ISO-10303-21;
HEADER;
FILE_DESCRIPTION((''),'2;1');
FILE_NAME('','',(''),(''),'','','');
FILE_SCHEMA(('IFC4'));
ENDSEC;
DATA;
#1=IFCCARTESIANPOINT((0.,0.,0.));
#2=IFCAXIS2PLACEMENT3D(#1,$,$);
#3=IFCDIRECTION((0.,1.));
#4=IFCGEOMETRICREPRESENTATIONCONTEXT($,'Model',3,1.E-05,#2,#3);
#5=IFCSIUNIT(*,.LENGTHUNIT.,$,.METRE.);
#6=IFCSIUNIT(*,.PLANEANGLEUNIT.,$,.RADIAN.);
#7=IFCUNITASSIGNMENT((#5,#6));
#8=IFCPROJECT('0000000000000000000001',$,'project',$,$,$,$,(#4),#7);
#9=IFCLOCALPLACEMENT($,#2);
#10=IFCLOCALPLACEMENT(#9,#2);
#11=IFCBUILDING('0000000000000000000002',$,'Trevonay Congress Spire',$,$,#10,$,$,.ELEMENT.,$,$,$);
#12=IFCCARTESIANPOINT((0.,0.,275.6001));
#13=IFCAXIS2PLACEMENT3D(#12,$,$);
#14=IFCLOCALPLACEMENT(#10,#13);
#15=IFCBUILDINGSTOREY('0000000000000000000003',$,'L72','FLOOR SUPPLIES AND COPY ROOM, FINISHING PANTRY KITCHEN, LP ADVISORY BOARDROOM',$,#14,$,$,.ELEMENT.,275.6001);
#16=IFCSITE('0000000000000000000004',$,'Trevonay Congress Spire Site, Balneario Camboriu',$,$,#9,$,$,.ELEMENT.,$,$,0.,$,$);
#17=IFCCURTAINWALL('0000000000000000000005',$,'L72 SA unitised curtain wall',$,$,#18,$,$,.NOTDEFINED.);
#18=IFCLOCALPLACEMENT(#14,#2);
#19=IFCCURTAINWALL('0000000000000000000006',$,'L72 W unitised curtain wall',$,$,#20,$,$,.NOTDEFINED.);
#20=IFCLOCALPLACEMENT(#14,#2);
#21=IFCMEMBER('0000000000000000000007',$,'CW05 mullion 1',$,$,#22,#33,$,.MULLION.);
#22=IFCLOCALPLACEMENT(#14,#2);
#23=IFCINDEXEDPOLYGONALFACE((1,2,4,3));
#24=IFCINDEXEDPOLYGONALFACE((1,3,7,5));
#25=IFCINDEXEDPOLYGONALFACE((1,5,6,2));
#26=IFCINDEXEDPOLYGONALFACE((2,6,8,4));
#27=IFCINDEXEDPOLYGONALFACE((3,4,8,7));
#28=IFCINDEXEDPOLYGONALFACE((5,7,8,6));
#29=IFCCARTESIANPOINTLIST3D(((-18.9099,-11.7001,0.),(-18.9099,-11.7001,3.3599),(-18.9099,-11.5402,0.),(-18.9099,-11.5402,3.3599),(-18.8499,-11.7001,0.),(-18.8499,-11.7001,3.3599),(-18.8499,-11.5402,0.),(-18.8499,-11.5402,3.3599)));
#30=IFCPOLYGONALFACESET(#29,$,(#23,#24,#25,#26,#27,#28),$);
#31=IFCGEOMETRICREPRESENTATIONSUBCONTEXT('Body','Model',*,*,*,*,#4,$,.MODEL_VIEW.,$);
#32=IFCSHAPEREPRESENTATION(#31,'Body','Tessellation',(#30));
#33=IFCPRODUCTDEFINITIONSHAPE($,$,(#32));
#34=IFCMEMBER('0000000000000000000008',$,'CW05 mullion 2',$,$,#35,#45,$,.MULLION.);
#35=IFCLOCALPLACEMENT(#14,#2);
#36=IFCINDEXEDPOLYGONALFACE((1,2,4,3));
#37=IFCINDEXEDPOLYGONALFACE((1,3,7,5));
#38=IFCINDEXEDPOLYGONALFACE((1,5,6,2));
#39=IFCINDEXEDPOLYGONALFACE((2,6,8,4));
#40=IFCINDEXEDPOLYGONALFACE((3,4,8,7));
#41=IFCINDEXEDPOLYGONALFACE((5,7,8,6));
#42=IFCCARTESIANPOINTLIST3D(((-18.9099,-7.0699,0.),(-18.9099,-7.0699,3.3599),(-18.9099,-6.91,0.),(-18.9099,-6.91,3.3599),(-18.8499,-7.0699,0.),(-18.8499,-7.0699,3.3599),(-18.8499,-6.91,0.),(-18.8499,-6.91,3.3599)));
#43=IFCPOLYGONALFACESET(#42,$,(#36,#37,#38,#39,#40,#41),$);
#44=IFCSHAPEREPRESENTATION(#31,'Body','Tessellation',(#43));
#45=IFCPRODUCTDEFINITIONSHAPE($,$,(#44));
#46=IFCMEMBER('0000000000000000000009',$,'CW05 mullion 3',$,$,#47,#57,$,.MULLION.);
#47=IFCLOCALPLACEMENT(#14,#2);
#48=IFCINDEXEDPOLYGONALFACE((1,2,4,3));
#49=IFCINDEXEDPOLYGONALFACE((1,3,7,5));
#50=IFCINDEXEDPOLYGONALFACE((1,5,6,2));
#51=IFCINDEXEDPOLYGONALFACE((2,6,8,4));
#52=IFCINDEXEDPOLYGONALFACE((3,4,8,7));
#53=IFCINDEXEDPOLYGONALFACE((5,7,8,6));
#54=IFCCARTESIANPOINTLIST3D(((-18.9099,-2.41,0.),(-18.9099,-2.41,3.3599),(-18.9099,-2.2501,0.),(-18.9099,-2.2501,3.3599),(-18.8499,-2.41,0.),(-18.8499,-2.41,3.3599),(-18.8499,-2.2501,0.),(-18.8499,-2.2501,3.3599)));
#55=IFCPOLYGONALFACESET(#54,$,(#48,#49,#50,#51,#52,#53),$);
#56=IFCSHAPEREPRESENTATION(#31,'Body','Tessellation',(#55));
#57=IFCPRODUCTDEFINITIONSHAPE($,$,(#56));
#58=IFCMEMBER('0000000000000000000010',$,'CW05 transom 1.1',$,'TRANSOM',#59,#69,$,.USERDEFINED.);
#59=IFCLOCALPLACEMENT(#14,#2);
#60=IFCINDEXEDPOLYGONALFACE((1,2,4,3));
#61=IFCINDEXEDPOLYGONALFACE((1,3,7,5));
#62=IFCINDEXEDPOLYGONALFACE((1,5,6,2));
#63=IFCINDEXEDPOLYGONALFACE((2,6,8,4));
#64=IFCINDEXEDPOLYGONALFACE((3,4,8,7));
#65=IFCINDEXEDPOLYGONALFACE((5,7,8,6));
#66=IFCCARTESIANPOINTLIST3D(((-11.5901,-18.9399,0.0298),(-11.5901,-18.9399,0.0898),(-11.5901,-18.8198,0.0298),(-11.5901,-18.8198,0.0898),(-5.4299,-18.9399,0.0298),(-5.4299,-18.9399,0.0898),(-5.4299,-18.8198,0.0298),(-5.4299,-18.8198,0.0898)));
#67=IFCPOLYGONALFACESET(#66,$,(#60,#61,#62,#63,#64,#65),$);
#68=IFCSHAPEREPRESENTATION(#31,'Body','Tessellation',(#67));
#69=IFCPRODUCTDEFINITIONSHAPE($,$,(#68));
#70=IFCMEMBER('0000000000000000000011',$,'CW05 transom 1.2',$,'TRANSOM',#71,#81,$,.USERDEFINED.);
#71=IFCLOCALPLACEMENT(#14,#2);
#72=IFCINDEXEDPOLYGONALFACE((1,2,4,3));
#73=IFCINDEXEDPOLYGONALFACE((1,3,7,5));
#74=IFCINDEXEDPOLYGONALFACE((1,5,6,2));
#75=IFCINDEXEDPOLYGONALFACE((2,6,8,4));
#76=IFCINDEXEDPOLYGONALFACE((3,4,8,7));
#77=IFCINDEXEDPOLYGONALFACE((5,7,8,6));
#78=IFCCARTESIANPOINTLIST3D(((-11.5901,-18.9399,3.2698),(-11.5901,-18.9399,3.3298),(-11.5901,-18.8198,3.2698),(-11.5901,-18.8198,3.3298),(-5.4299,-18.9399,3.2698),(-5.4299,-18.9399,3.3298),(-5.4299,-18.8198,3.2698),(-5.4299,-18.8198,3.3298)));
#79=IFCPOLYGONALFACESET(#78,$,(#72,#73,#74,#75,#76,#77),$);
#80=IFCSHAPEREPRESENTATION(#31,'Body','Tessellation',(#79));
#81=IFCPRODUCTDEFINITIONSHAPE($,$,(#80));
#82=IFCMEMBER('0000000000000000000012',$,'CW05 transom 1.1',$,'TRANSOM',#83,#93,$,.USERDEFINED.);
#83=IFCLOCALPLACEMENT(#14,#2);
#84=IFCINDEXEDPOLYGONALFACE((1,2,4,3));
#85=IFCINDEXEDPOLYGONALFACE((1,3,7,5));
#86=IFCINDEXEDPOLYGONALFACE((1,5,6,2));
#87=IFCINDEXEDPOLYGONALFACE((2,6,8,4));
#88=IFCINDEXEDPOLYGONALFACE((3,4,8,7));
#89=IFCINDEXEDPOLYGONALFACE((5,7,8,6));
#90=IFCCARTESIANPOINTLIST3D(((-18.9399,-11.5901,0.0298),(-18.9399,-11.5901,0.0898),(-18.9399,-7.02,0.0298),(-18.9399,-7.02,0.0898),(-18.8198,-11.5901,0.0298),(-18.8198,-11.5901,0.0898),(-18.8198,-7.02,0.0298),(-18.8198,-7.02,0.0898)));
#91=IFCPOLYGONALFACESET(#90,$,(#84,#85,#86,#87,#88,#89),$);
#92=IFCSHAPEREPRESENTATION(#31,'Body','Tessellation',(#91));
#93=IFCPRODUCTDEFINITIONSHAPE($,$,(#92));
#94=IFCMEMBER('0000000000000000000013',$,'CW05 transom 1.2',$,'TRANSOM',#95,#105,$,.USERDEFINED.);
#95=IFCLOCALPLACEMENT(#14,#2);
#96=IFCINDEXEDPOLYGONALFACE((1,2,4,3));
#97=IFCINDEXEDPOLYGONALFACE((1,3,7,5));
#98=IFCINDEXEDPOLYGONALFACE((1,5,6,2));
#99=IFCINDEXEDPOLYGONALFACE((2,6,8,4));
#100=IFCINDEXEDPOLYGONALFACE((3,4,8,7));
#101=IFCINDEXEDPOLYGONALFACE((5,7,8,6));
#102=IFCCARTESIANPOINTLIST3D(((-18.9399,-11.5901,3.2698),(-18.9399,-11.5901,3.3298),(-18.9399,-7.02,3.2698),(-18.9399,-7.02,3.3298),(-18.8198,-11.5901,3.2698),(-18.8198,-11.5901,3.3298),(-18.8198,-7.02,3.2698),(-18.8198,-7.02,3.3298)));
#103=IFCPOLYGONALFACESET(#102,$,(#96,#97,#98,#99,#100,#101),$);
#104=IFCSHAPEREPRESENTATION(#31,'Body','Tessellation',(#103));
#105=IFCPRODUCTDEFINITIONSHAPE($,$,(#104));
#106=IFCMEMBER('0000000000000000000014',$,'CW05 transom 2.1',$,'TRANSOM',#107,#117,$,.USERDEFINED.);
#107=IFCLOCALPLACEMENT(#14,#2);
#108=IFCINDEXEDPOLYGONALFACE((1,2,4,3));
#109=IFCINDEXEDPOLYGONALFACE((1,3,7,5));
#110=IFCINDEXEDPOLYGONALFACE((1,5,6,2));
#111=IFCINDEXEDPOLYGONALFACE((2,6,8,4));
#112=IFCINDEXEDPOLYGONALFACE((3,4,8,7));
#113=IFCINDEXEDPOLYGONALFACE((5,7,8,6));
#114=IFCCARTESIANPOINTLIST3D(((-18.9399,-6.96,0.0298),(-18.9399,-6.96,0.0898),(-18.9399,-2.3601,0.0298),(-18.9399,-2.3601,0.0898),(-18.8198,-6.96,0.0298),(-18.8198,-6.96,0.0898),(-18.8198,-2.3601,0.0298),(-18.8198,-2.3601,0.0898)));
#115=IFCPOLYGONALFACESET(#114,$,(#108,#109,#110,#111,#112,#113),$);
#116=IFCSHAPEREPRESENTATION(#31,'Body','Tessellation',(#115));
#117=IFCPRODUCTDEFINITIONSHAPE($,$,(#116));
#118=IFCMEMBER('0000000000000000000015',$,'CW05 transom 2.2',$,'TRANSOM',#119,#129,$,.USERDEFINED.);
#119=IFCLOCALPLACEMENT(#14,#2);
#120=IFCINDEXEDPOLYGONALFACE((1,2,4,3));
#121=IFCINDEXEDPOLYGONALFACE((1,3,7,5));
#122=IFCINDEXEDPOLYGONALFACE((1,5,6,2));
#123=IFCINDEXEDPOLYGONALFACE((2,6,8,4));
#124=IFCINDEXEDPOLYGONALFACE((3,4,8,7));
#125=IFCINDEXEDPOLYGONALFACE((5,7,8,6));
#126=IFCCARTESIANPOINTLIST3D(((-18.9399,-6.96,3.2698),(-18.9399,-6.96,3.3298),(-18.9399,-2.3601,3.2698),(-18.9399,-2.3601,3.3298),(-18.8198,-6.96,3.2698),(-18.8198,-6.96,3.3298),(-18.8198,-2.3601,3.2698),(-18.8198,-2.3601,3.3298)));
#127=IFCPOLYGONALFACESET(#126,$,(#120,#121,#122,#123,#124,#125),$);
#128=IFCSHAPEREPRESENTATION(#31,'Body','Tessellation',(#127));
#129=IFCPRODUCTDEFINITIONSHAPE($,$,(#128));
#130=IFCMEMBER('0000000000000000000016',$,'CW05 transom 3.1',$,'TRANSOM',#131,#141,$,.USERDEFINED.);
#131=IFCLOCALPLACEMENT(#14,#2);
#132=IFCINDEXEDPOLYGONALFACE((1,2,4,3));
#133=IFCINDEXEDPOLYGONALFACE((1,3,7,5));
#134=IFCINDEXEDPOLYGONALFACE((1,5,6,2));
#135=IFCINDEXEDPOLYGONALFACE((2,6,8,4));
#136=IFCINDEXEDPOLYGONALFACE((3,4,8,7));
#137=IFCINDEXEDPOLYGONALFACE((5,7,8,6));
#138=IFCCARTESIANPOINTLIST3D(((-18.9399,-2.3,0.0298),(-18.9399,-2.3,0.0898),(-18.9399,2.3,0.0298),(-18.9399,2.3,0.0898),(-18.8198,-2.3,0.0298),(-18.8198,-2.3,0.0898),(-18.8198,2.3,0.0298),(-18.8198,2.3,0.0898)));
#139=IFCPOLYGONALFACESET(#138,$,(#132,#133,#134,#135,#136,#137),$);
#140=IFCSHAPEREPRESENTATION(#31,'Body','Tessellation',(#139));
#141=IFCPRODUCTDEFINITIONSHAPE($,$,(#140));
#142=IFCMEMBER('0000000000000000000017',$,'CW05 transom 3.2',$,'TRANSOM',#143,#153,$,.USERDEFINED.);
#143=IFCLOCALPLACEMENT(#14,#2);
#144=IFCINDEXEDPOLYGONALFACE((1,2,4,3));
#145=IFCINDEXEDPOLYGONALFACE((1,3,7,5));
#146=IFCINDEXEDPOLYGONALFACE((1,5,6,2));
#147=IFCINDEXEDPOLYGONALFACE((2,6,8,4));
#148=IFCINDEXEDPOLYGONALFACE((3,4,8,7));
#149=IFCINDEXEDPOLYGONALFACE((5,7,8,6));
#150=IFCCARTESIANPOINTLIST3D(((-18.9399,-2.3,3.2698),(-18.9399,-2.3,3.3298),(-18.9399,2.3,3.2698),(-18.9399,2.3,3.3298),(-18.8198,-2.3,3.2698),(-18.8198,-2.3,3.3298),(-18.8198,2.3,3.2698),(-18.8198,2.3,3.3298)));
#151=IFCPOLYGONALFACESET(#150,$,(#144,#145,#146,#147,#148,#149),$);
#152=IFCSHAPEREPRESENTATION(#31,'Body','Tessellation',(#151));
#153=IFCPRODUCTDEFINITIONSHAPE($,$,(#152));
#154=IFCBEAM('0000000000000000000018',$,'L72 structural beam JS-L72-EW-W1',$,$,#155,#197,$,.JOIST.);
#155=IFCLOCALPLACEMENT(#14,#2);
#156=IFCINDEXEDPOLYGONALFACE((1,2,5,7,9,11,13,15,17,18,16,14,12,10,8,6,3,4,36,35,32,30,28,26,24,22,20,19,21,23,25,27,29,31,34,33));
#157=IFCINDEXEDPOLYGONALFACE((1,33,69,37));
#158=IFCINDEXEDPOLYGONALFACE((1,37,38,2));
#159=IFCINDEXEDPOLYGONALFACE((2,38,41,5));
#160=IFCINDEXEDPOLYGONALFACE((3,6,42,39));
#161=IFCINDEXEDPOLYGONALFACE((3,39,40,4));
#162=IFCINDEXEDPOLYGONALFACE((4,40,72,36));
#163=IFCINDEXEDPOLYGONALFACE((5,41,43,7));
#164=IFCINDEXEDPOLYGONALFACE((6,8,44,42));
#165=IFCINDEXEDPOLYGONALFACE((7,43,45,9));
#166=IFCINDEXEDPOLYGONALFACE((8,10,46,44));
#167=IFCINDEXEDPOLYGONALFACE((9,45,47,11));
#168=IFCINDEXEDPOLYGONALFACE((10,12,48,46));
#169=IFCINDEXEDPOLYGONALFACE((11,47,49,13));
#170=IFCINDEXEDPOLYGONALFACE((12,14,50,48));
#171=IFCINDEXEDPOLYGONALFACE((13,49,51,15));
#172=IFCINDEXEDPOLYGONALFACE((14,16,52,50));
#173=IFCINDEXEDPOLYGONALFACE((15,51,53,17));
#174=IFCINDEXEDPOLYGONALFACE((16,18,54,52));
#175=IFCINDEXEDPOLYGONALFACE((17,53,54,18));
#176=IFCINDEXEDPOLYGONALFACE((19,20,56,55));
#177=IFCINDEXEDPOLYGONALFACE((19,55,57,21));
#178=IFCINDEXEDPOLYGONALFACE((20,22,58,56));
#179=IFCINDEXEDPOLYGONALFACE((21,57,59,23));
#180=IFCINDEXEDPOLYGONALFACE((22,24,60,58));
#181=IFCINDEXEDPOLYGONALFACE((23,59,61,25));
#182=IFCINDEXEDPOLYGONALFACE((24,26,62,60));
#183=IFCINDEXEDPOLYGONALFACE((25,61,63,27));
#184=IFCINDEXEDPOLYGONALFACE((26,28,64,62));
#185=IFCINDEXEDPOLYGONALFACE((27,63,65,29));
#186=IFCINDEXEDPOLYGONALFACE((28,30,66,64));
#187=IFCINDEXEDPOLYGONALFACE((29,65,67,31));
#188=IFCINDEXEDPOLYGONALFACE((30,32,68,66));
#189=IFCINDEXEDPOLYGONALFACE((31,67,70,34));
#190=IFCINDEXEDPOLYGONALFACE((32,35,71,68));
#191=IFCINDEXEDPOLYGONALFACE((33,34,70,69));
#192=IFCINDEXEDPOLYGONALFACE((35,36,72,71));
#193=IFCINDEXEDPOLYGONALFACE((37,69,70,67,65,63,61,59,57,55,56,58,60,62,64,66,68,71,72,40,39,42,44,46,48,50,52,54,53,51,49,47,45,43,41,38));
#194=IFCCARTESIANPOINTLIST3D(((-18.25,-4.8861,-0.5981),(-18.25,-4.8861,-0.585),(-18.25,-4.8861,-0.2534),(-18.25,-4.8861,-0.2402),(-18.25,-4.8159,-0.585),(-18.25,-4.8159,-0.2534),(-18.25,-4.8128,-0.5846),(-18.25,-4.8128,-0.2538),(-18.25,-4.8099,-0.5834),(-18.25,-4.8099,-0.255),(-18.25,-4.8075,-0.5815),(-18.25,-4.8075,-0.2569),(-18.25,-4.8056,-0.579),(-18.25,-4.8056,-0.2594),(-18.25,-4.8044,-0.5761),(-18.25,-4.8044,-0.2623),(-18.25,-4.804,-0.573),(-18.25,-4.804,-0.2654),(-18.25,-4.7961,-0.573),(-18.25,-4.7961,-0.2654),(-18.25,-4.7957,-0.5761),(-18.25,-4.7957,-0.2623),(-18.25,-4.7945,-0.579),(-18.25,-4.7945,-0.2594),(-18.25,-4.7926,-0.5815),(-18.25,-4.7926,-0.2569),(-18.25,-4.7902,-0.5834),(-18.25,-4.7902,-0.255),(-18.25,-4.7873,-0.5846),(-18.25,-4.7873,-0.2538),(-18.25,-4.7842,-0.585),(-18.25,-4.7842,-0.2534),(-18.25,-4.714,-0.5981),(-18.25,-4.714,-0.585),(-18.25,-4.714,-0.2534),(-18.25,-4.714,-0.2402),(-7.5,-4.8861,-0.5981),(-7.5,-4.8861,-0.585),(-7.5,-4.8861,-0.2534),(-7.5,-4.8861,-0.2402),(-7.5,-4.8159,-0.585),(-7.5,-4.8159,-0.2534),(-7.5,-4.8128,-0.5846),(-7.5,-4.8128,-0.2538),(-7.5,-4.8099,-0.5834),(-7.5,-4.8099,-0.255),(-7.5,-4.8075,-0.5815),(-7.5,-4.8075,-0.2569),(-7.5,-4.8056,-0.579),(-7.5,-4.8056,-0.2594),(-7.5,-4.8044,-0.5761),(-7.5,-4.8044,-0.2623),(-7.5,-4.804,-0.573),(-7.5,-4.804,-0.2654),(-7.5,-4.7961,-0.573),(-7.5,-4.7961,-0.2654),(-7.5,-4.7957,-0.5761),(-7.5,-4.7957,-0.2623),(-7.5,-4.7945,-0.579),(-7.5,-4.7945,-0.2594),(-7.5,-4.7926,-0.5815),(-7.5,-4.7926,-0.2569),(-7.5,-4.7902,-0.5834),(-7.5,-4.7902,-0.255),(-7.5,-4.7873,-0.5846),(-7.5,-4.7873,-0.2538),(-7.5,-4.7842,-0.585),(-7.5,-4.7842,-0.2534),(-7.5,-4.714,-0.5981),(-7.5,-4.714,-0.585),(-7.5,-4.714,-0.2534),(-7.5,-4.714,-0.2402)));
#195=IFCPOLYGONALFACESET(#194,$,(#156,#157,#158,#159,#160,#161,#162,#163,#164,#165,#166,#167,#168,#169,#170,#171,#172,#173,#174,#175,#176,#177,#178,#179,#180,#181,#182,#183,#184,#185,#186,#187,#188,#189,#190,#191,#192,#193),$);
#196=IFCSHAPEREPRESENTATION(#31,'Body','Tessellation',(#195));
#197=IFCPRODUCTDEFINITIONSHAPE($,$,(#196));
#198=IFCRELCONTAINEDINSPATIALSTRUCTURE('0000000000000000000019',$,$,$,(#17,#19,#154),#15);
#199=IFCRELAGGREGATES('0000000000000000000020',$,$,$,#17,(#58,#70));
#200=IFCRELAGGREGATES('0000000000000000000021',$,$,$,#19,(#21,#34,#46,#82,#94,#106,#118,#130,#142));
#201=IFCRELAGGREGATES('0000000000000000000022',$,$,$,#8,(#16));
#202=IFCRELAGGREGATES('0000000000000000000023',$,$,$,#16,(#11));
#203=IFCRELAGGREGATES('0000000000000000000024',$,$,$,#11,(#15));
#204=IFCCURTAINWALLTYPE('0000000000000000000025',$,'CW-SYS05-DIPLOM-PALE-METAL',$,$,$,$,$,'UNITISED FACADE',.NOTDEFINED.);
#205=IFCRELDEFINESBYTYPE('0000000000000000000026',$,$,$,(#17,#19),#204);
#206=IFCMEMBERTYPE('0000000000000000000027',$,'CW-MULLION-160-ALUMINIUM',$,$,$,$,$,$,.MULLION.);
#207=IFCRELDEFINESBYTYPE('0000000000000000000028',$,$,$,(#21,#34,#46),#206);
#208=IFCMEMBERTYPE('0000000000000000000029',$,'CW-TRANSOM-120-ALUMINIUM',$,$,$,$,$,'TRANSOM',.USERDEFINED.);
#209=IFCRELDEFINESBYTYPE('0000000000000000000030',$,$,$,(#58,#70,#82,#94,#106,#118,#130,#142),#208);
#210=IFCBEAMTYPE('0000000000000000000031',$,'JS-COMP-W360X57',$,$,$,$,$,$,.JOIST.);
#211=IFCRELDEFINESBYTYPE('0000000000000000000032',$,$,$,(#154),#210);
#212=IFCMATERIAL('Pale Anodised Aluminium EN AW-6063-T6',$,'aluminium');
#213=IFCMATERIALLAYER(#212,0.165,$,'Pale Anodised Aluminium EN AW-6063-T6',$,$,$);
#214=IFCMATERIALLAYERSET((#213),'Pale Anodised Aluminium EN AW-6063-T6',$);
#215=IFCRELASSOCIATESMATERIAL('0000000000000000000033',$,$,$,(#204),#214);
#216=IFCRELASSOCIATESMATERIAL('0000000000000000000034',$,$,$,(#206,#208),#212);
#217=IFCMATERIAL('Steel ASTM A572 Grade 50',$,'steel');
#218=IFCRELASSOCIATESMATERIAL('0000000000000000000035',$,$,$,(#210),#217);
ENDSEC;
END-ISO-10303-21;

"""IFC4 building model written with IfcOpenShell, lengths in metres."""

from ifc_helpers import new_model, si_unit, direction, frame, origin, origin_2d, place, context, subcontext, project, spatial, rectangle, i_section, extrude, material, layer, layer_set, material_profile, profile_set, type_object, element, aggregate, save


model = new_model("IFC4")

# Units and contexts
model_context = context("Model", 3, precision=1e-05, world=origin(), true_north=direction((0.0, 1.0)))
body_context = subcontext(model_context, "Body", "Model", "MODEL_VIEW")
ifc_project = project(units=[si_unit("LENGTHUNIT", "METRE"), si_unit("PLANEANGLEUNIT", "RADIAN")], contexts=[model_context])

# Site, building, storey
site_placement = place(None, origin())
site = spatial("IfcSite", under=ifc_project, at=site_placement, Name="Trevonay Congress Spire Site, Balneario Camboriu", CompositionType="ELEMENT", RefElevation=0.0)
building_placement = place(site_placement, origin())
building = spatial("IfcBuilding", under=site, at=building_placement, Name="Trevonay Congress Spire", CompositionType="ELEMENT")
storey_placement = place(building_placement, frame((0.0, 0.0, 275.6001)))
storey = spatial("IfcBuildingStorey", under=building, at=storey_placement, Name="L72", Description="FLOOR SUPPLIES AND COPY ROOM, FINISHING PANTRY KITCHEN, LP ADVISORY BOARDROOM", CompositionType="ELEMENT", Elevation=275.6001)

# Shared definitions
ifc_material_1 = material(Name="Steel ASTM A572 Grade 50", Category="steel")

# Curtain wall
ifc_material_2 = material(Name="Pale Anodised Aluminium EN AW-6063-T6", Category="aluminium")
ifc_layer_1 = layer(ifc_material_2, 0.165, Name="Pale Anodised Aluminium EN AW-6063-T6")
ifc_layer_set_1 = layer_set([ifc_layer_1], Name="Pale Anodised Aluminium EN AW-6063-T6")
curtain_wall_type = type_object("IfcCurtainWallType", Name="CW-SYS05-DIPLOM-PALE-METAL", ElementType="UNITISED FACADE", PredefinedType="NOTDEFINED", material=ifc_layer_set_1)
curtain_wall_1_placement = place(storey_placement, origin())
curtain_wall_1 = element("IfcCurtainWall", 1, at=curtain_wall_1_placement, inside=storey, type_object=curtain_wall_type, Name="L72 SA unitised curtain wall", PredefinedType="NOTDEFINED")
ifc_material_profile_1 = material_profile(ifc_material_2, rectangle(XDim=0.0601, YDim=0.1599, at=origin_2d()), Name="CW-MULLION-160-ALUMINIUM")
ifc_profile_set_1 = profile_set([ifc_material_profile_1], Name="Pale Anodised Aluminium EN AW-6063-T6")
member_type_1 = type_object("IfcMemberType", Name="CW-MULLION-160-ALUMINIUM", PredefinedType="MULLION", material=ifc_profile_set_1)

# Curtain wall, members
curtain_wall_2_placement = place(storey_placement, origin())
curtain_wall_2 = element("IfcCurtainWall", 2, at=curtain_wall_2_placement, inside=storey, type_object=curtain_wall_type, Name="L72 W unitised curtain wall", PredefinedType="NOTDEFINED")
member_1_placement = place(storey_placement, frame((-18.8799, -11.6201, 0.0), z_axis=(0.0, 0.0, 1.0), x_axis=(-1.0, 0.0, 0.0)))
member_1 = element("IfcMember", 3, at=member_1_placement, type_object=member_type_1, Name="CW05 mullion 1", PredefinedType="MULLION", context=body_context, shape_type="SweptSolid", body=[
    extrude(rectangle(XDim=0.0601, YDim=0.1599, at=origin_2d()), origin(), (0.0, 0.0, 1.0), 3.3599),
])
member_2_placement = place(storey_placement, frame((-18.8799, -6.99, 0.0), z_axis=(0.0, 0.0, 1.0), x_axis=(-1.0, 0.0, 0.0)))
member_2 = element("IfcMember", 4, at=member_2_placement, type_object=member_type_1, Name="CW05 mullion 2", PredefinedType="MULLION", context=body_context, shape_type="SweptSolid", body=[
    extrude(rectangle(XDim=0.0601, YDim=0.1599, at=origin_2d()), origin(), (0.0, 0.0, 1.0), 3.3599),
])
member_3_placement = place(storey_placement, frame((-18.8799, -2.3301, 0.0), z_axis=(0.0, 0.0, 1.0), x_axis=(-1.0, 0.0, 0.0)))
member_3 = element("IfcMember", 5, at=member_3_placement, type_object=member_type_1, Name="CW05 mullion 3", PredefinedType="MULLION", context=body_context, shape_type="SweptSolid", body=[
    extrude(rectangle(XDim=0.0601, YDim=0.1599, at=origin_2d()), origin(), (0.0, 0.0, 1.0), 3.3599),
])

# Members
ifc_material_profile_2 = material_profile(ifc_material_2, rectangle(XDim=0.1201, YDim=0.0601, at=origin_2d()), Name="CW-TRANSOM-120-ALUMINIUM")
ifc_profile_set_2 = profile_set([ifc_material_profile_2], Name="Pale Anodised Aluminium EN AW-6063-T6")
member_type_2 = type_object("IfcMemberType", Name="CW-TRANSOM-120-ALUMINIUM", ElementType="TRANSOM", PredefinedType="USERDEFINED", material=ifc_profile_set_2)
member_4_placement = place(storey_placement, frame((-11.5901, -18.8799, 0.0598), z_axis=(1.0, 0.0, 0.0), x_axis=(0.0, 1.0, 0.0)))
member_4 = element("IfcMember", 6, at=member_4_placement, type_object=member_type_2, Name="CW05 transom 1.1", ObjectType="TRANSOM", PredefinedType="USERDEFINED", context=body_context, shape_type="SweptSolid", body=[
    extrude(rectangle(XDim=0.1201, YDim=0.0601, at=origin_2d()), origin(), (0.0, 0.0, 1.0), 6.1602),
])
member_5_placement = place(storey_placement, frame((-11.5901, -18.8799, 3.2998), z_axis=(1.0, 0.0, 0.0), x_axis=(0.0, 1.0, 0.0)))
member_5 = element("IfcMember", 7, at=member_5_placement, type_object=member_type_2, Name="CW05 transom 1.2", ObjectType="TRANSOM", PredefinedType="USERDEFINED", context=body_context, shape_type="SweptSolid", body=[
    extrude(rectangle(XDim=0.1201, YDim=0.0601, at=origin_2d()), origin(), (0.0, 0.0, 1.0), 6.1602),
])
aggregate(curtain_wall_1, [member_4, member_5])
member_6_placement = place(storey_placement, frame((-18.8799, -11.5901, 0.0598), z_axis=(0.0, 1.0, 0.0), x_axis=(-1.0, 0.0, 0.0)))
member_6 = element("IfcMember", 8, at=member_6_placement, type_object=member_type_2, Name="CW05 transom 1.1", ObjectType="TRANSOM", PredefinedType="USERDEFINED", context=body_context, shape_type="SweptSolid", body=[
    extrude(rectangle(XDim=0.1201, YDim=0.0601, at=origin_2d()), origin(), (0.0, 0.0, 1.0), 4.5701),
])
member_7_placement = place(storey_placement, frame((-18.8799, -11.5901, 3.2998), z_axis=(0.0, 1.0, 0.0), x_axis=(-1.0, 0.0, 0.0)))
member_7 = element("IfcMember", 9, at=member_7_placement, type_object=member_type_2, Name="CW05 transom 1.2", ObjectType="TRANSOM", PredefinedType="USERDEFINED", context=body_context, shape_type="SweptSolid", body=[
    extrude(rectangle(XDim=0.1201, YDim=0.0601, at=origin_2d()), origin(), (0.0, 0.0, 1.0), 4.5701),
])
member_8_placement = place(storey_placement, frame((-18.8799, -6.96, 0.0598), z_axis=(0.0, 1.0, 0.0), x_axis=(-1.0, 0.0, 0.0)))
member_8 = element("IfcMember", 10, at=member_8_placement, type_object=member_type_2, Name="CW05 transom 2.1", ObjectType="TRANSOM", PredefinedType="USERDEFINED", context=body_context, shape_type="SweptSolid", body=[
    extrude(rectangle(XDim=0.1201, YDim=0.0601, at=origin_2d()), origin(), (0.0, 0.0, 1.0), 4.5999),
])
member_9_placement = place(storey_placement, frame((-18.8799, -6.96, 3.2998), z_axis=(0.0, 1.0, 0.0), x_axis=(-1.0, 0.0, 0.0)))
member_9 = element("IfcMember", 11, at=member_9_placement, type_object=member_type_2, Name="CW05 transom 2.2", ObjectType="TRANSOM", PredefinedType="USERDEFINED", context=body_context, shape_type="SweptSolid", body=[
    extrude(rectangle(XDim=0.1201, YDim=0.0601, at=origin_2d()), origin(), (0.0, 0.0, 1.0), 4.5999),
])
member_10_placement = place(storey_placement, frame((-18.8799, -2.3, 0.0598), z_axis=(0.0, 1.0, 0.0), x_axis=(-1.0, 0.0, 0.0)))
member_10 = element("IfcMember", 12, at=member_10_placement, type_object=member_type_2, Name="CW05 transom 3.1", ObjectType="TRANSOM", PredefinedType="USERDEFINED", context=body_context, shape_type="SweptSolid", body=[
    extrude(rectangle(XDim=0.1201, YDim=0.0601, at=origin_2d()), origin(), (0.0, 0.0, 1.0), 4.6001),
])
member_11_placement = place(storey_placement, frame((-18.8799, -2.3, 3.2998), z_axis=(0.0, 1.0, 0.0), x_axis=(-1.0, 0.0, 0.0)))
member_11 = element("IfcMember", 13, at=member_11_placement, type_object=member_type_2, Name="CW05 transom 3.2", ObjectType="TRANSOM", PredefinedType="USERDEFINED", context=body_context, shape_type="SweptSolid", body=[
    extrude(rectangle(XDim=0.1201, YDim=0.0601, at=origin_2d()), origin(), (0.0, 0.0, 1.0), 4.6001),
])

# Beam
ifc_material_profile_3 = material_profile(ifc_material_1, i_section(OverallWidth=0.1721, OverallDepth=0.3579, WebThickness=0.0078, FlangeThickness=0.0132, FilletRadius=0.012, at=origin_2d()), Name="W360x57.8")
ifc_profile_set_3 = profile_set([ifc_material_profile_3], Name="Steel ASTM A572 Grade 50")
beam_type_1 = type_object("IfcBeamType", Name="JS-COMP-W360X57", PredefinedType="JOIST", material=ifc_profile_set_3)
beam_placement = place(storey_placement, frame((-18.25, -4.8, -0.4192), z_axis=(1.0, 0.0, 0.0), x_axis=(0.0, 1.0, 0.0)))
element("IfcBeam", 14, at=beam_placement, inside=storey, type_object=beam_type_1, Name="L72 structural beam JS-L72-EW-W1", PredefinedType="JOIST", context=body_context, shape_type="SweptSolid", body=[
    extrude(i_section(OverallWidth=0.1721, OverallDepth=0.3579, WebThickness=0.0078, FlangeThickness=0.0132, FilletRadius=0.012, at=origin_2d()), origin(), (0.0, 0.0, 1.0), 10.75),
])

aggregate(curtain_wall_2, [member_1, member_2, member_3, member_6, member_7, member_8, member_9, member_10, member_11])

save(model, "model.ifc")
